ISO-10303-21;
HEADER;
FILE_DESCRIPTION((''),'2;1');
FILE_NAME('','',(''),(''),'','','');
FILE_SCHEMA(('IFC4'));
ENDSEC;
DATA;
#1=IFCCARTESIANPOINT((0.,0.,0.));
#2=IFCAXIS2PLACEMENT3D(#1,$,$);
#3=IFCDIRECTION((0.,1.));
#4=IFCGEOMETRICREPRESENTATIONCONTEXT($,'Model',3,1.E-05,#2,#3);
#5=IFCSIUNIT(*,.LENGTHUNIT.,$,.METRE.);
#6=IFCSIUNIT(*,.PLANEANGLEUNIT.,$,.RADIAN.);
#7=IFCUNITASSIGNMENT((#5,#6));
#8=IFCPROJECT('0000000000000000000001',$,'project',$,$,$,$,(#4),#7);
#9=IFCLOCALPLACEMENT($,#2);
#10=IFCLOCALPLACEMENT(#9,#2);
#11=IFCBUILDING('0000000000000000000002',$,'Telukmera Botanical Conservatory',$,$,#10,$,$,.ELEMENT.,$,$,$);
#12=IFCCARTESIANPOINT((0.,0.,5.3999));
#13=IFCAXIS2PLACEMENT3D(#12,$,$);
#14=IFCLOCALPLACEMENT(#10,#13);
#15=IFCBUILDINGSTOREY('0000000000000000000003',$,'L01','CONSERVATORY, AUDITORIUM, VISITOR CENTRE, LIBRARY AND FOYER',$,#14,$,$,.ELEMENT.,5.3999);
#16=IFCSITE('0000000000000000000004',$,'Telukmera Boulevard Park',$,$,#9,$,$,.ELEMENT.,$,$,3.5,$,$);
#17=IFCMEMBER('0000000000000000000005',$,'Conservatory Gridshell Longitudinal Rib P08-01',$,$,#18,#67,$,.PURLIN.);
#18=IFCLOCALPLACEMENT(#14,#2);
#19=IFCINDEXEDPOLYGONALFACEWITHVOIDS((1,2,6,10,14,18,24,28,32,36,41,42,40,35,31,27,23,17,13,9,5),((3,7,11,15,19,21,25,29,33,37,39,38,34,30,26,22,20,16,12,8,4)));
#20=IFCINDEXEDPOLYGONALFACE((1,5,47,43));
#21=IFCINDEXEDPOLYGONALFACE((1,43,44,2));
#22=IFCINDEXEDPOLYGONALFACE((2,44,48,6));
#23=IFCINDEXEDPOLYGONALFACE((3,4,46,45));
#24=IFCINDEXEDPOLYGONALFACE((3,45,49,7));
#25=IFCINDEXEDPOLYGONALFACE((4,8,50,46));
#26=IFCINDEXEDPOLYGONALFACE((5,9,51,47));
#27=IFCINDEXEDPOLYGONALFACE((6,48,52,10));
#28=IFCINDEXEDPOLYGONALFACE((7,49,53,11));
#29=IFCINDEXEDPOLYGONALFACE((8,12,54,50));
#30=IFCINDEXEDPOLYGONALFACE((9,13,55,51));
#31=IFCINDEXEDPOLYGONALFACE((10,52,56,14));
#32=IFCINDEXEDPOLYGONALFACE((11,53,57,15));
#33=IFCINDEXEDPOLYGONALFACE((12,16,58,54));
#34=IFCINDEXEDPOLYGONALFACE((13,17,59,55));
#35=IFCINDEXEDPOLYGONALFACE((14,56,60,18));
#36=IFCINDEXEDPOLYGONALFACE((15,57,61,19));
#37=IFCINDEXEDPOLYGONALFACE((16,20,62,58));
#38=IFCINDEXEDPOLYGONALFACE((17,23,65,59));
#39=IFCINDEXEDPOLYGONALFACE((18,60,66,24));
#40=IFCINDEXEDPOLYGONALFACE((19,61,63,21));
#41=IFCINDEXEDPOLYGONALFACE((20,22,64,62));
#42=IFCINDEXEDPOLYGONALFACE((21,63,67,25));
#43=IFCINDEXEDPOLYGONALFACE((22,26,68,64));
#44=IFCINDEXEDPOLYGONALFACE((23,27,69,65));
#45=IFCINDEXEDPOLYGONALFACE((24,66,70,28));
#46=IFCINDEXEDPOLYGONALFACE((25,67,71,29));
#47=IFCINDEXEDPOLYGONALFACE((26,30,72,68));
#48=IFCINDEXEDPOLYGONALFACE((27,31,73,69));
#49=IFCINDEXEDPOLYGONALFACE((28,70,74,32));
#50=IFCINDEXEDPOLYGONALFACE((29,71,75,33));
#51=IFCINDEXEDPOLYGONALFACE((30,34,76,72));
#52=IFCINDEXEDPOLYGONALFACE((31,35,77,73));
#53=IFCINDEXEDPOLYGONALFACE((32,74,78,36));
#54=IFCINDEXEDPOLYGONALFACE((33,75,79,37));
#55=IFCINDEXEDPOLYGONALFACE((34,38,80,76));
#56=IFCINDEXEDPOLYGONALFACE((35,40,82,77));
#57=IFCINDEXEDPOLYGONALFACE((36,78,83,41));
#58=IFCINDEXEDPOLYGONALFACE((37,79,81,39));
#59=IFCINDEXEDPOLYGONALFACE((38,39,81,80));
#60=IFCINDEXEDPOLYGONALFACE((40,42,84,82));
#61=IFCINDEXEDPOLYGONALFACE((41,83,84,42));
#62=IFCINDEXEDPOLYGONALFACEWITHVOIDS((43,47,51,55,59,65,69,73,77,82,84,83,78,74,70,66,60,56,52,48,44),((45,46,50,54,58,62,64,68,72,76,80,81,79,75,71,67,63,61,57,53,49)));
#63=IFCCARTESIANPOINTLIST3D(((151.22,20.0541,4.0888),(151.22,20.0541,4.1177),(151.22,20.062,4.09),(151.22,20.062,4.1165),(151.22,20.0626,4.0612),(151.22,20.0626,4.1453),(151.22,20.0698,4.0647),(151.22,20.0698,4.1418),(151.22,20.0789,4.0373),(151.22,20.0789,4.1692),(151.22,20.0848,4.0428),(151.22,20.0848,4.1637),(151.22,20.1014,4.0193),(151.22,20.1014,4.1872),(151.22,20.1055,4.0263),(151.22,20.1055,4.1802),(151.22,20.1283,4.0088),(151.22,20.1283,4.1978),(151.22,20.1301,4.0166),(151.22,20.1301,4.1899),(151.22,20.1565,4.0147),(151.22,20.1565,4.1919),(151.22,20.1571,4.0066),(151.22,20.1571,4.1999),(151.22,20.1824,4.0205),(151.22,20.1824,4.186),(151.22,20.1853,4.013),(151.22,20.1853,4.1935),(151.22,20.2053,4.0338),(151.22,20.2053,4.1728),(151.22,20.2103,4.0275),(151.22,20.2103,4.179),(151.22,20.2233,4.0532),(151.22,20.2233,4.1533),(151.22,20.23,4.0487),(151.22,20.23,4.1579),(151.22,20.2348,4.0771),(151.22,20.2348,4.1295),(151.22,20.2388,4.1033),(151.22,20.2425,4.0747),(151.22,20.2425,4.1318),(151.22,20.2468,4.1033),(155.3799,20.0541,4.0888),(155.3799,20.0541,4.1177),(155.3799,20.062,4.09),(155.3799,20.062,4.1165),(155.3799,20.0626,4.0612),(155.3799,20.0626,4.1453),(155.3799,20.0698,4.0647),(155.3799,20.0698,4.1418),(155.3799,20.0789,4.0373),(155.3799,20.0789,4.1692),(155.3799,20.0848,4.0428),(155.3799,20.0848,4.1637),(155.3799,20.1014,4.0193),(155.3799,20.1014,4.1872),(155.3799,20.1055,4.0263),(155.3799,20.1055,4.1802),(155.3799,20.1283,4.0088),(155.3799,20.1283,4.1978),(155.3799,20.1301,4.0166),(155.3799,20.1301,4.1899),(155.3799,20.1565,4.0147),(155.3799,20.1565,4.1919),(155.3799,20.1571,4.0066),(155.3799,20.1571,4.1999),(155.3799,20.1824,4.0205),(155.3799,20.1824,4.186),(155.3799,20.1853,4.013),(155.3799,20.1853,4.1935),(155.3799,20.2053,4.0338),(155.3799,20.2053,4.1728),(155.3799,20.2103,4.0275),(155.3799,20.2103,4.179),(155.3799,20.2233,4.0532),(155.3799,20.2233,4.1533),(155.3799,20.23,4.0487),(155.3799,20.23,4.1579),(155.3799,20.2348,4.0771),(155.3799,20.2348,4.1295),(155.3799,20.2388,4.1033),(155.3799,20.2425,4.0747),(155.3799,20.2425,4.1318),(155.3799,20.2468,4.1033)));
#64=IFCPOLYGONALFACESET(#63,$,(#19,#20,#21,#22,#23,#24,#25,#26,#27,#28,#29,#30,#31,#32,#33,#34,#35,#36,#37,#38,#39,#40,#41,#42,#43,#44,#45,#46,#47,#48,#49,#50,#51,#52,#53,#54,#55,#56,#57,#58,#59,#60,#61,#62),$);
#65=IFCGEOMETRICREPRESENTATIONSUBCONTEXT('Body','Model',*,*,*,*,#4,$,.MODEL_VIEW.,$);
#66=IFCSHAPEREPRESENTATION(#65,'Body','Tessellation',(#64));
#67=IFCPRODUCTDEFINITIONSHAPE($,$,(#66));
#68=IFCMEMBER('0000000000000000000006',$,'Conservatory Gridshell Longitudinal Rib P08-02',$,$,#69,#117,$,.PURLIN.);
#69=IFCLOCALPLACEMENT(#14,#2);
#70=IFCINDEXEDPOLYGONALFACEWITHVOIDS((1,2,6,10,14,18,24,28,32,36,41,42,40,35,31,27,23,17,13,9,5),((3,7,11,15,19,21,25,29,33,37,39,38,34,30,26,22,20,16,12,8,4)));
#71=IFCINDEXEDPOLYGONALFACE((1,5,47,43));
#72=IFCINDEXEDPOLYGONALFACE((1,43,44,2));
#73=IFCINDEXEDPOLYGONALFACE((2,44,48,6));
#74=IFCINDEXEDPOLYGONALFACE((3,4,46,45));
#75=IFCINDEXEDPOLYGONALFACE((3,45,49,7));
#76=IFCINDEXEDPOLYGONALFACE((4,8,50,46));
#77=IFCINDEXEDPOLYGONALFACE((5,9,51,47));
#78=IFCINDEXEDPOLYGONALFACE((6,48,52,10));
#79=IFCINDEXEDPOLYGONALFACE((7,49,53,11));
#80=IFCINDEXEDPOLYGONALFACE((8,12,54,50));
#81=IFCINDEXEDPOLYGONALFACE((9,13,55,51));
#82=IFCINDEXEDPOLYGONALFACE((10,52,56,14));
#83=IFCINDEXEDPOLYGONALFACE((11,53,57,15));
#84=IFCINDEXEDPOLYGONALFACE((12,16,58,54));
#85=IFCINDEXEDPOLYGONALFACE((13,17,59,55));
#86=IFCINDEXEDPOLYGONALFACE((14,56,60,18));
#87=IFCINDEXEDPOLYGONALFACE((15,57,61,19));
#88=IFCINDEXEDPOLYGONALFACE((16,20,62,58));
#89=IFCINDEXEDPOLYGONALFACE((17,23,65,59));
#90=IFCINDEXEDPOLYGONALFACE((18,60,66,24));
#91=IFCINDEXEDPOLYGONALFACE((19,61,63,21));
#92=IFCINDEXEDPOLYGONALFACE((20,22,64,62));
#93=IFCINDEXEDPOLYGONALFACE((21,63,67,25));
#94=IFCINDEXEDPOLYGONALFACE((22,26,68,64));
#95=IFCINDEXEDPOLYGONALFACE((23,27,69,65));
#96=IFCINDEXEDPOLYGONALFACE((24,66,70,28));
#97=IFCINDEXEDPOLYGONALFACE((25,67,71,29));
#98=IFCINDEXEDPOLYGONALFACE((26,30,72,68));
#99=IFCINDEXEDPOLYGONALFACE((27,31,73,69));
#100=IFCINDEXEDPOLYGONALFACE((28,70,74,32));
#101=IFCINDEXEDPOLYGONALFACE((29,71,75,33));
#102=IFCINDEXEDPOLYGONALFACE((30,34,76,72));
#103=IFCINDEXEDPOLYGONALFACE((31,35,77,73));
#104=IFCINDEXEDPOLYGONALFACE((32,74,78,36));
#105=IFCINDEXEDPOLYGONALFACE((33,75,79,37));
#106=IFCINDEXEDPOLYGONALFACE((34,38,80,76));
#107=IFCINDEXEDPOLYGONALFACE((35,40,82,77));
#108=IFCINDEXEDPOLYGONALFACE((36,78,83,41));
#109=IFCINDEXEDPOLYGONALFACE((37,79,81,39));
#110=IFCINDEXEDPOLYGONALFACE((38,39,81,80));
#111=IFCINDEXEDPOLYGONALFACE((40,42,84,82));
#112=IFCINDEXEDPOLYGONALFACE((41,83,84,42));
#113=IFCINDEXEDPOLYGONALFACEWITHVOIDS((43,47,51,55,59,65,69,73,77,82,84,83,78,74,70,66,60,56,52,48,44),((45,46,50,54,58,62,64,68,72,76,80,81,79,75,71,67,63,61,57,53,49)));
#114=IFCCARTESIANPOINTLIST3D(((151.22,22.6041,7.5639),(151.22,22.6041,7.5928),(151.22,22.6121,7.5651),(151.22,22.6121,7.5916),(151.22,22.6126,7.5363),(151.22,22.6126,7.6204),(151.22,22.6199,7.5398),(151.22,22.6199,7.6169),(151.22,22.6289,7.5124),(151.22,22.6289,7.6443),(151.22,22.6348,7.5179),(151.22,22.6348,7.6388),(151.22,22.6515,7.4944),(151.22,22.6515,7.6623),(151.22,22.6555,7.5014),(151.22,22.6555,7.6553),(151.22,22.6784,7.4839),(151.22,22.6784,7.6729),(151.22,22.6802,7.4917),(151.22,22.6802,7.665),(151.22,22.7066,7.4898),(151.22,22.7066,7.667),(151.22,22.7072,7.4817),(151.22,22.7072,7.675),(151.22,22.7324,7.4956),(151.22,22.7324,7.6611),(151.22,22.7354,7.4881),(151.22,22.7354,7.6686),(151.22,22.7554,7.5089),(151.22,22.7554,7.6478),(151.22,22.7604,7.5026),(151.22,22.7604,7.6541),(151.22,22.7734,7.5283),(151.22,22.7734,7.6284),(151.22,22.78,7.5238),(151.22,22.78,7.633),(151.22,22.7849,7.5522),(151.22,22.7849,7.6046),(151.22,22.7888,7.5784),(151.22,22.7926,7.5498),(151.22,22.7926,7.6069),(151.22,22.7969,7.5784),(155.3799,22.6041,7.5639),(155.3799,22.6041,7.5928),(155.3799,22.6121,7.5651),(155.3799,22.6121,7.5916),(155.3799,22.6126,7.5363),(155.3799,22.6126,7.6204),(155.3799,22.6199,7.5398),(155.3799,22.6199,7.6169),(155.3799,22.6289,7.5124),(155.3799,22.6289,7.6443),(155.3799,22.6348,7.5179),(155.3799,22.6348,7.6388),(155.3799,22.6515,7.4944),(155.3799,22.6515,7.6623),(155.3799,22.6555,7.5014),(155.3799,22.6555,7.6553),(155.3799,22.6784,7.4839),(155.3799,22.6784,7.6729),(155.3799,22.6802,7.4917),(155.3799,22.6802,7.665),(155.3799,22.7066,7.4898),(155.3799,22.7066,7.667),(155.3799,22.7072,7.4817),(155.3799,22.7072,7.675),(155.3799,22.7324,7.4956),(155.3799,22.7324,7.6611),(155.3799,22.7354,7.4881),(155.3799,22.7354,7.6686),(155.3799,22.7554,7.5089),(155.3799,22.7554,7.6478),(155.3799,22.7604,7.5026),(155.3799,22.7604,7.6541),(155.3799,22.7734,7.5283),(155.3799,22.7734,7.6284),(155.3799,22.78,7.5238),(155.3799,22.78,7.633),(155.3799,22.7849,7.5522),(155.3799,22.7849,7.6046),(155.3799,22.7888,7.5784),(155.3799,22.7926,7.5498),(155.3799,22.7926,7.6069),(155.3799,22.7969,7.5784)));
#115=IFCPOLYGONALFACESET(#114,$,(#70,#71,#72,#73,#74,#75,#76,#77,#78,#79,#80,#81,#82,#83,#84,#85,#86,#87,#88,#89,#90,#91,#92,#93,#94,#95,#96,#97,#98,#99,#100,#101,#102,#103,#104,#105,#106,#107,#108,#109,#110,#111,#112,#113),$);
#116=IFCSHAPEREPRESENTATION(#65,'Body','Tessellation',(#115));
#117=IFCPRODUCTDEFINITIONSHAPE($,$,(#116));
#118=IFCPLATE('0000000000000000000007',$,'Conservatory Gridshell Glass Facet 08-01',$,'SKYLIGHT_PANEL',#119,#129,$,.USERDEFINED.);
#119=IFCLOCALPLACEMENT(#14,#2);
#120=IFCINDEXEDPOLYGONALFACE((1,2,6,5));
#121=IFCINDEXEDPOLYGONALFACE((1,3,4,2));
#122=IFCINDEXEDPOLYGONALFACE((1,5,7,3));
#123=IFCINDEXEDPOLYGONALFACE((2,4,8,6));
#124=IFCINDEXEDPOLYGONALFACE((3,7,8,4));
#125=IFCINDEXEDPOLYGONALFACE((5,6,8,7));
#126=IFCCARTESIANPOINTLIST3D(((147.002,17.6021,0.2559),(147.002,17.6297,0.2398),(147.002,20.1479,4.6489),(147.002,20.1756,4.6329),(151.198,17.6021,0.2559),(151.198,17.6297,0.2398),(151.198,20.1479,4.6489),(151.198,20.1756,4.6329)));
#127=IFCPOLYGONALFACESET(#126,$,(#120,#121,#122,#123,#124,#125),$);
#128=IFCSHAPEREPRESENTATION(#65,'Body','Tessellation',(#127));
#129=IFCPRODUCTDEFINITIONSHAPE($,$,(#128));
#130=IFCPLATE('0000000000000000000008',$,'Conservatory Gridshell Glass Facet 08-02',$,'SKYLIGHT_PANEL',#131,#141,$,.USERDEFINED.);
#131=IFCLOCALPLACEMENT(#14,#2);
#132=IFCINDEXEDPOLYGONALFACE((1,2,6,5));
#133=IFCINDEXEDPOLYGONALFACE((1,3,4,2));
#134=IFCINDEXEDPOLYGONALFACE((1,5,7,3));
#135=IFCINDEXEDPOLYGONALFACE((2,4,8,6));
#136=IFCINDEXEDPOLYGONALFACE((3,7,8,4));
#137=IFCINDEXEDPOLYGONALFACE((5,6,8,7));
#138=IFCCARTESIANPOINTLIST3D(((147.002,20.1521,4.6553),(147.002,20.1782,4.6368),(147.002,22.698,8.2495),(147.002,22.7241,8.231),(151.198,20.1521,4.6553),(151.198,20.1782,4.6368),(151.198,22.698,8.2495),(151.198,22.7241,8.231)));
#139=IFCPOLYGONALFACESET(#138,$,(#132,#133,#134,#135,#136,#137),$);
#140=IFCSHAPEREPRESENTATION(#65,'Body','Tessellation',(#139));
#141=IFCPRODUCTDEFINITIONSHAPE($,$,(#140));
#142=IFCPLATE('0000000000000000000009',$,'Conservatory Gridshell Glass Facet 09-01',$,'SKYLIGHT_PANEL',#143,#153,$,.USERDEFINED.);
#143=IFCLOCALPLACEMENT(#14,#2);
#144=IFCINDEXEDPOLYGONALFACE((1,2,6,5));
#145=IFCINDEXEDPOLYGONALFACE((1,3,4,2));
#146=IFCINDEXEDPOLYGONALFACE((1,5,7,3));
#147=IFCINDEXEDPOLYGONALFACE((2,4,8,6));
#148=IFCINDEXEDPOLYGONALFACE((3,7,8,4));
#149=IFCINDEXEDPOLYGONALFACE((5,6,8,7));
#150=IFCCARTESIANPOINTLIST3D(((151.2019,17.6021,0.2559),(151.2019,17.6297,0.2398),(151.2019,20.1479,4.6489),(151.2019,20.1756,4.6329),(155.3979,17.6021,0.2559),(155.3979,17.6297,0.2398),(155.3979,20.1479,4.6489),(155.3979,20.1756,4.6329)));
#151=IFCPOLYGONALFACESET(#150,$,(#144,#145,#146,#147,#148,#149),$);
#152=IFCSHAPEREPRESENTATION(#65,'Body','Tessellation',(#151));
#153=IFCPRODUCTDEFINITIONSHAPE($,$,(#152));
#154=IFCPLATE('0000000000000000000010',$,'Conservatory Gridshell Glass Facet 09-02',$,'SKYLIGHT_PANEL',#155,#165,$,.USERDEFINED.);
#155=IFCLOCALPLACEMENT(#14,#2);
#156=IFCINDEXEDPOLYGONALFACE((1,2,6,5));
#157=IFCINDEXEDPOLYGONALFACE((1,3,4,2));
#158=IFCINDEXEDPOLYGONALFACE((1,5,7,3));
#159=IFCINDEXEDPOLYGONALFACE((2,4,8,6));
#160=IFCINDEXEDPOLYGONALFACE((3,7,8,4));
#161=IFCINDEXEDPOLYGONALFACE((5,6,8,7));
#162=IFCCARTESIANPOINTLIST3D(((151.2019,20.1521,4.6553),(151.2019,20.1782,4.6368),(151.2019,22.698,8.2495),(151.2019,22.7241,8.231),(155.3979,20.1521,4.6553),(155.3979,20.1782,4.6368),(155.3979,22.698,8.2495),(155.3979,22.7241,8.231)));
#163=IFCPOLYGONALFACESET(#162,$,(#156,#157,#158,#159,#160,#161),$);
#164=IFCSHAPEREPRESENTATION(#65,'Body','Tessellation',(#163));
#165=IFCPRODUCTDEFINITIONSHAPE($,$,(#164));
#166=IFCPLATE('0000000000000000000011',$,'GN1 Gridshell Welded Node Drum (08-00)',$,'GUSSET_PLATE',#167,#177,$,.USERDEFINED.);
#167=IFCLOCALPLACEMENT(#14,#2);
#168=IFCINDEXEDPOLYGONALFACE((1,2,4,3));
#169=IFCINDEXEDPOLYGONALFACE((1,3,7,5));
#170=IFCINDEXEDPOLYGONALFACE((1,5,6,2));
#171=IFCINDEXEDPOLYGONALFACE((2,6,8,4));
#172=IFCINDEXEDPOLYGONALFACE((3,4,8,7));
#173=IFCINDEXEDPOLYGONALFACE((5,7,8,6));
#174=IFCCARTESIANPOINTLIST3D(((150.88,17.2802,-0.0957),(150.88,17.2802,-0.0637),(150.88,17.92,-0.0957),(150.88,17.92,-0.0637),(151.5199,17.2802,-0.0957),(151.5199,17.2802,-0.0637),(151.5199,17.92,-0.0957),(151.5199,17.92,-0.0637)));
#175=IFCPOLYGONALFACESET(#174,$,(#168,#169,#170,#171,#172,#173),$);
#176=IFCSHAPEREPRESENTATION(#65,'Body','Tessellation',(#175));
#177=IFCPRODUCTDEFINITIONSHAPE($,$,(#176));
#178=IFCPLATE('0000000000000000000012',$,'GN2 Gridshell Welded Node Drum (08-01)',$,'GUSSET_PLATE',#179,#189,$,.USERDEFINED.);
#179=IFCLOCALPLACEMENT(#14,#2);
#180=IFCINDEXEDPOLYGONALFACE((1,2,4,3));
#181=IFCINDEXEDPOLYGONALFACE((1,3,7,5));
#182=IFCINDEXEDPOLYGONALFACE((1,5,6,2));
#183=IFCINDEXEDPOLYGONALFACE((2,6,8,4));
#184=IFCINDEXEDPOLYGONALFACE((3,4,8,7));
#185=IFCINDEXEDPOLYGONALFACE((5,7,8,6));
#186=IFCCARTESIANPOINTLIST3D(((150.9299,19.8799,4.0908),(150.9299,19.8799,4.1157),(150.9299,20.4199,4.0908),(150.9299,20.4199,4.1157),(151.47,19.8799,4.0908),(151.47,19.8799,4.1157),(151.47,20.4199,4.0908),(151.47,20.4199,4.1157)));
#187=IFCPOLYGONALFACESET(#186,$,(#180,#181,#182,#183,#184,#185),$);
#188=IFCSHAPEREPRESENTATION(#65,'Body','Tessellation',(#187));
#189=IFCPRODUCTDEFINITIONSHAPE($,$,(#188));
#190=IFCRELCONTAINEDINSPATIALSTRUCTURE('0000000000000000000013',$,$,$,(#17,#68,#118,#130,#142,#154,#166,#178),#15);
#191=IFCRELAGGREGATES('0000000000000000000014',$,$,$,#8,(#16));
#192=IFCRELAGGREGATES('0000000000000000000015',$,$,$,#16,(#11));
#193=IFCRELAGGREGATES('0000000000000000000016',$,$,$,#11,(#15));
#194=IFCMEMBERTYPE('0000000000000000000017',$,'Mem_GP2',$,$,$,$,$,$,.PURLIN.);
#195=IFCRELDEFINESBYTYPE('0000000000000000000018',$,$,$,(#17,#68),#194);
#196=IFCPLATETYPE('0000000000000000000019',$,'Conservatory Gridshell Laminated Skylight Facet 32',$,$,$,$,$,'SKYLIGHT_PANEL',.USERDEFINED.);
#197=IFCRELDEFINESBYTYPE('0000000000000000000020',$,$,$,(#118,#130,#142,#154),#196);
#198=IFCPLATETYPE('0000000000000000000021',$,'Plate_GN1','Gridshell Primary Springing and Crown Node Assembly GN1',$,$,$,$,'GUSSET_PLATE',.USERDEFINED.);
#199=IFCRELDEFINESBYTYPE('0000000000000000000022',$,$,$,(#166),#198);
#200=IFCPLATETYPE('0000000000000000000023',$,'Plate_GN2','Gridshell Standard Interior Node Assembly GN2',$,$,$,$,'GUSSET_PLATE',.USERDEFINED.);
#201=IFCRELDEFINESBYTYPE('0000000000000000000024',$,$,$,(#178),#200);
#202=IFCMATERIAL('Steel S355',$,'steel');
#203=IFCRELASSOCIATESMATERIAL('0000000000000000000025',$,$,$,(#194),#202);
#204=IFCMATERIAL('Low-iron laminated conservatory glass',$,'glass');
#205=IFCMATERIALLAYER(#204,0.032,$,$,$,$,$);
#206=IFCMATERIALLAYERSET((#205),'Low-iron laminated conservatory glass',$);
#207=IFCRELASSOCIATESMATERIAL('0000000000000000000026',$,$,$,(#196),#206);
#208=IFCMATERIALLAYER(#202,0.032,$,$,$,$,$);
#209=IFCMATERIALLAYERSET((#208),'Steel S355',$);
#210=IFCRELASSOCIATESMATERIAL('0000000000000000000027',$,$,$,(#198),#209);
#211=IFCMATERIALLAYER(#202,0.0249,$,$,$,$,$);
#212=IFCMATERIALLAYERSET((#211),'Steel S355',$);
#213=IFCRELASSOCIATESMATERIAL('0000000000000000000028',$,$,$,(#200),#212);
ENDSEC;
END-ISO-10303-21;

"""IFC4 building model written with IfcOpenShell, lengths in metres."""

from ifc_helpers import new_model, si_unit, direction, frame, origin, origin_2d, place, context, subcontext, project, spatial, polyline, rectangle, hollow_circle, outline, extrude, material, layer, layer_set, material_profile, profile_set, type_object, element, save


model = new_model("IFC4")

# Units and contexts
model_context = context("Model", 3, precision=1e-05, world=origin(), true_north=direction((0.0, 1.0)))
body_context = subcontext(model_context, "Body", "Model", "MODEL_VIEW")
ifc_project = project(units=[si_unit("LENGTHUNIT", "METRE"), si_unit("PLANEANGLEUNIT", "RADIAN")], contexts=[model_context])

# Site, building, storey
site_placement = place(None, origin())
site = spatial("IfcSite", under=ifc_project, at=site_placement, Name="Telukmera Boulevard Park", CompositionType="ELEMENT", RefElevation=3.5)
building_placement = place(site_placement, origin())
building = spatial("IfcBuilding", under=site, at=building_placement, Name="Telukmera Botanical Conservatory", CompositionType="ELEMENT")
storey_placement = place(building_placement, frame((0.0, 0.0, 5.3999)))
storey = spatial("IfcBuildingStorey", under=building, at=storey_placement, Name="L01", Description="CONSERVATORY, AUDITORIUM, VISITOR CENTRE, LIBRARY AND FOYER", CompositionType="ELEMENT", Elevation=5.3999)

# Shared definitions
ifc_material_1 = material(Name="Steel S355", Category="steel")

# Members
ifc_material_profile_1 = material_profile(ifc_material_1, hollow_circle(Radius=0.0969, WallThickness=0.0081, at=origin_2d()), Name="CHS 193.7x8.0")
ifc_profile_set_1 = profile_set([ifc_material_profile_1], Name="Steel S355")
member_type_1 = type_object("IfcMemberType", Name="Mem_GP2", PredefinedType="PURLIN", material=ifc_profile_set_1)
for number, where, z_axis, x_axis, name in (
    (1, (151.22, 20.1499, 4.1033), (1.0, 0.0, 0.0), (0.0, 1.0, 0.0), "Conservatory Gridshell Longitudinal Rib P08-01"),
    (2, (151.22, 22.7, 7.5784), (1.0, 0.0, 0.0), (0.0, 1.0, 0.0), "Conservatory Gridshell Longitudinal Rib P08-02"),
):
    element("IfcMember", number, at=place(storey_placement, frame(where, z_axis=z_axis, x_axis=x_axis)), inside=storey, type_object=member_type_1, Name=name, PredefinedType="PURLIN", context=body_context, shape_type="SweptSolid", body=[
        extrude(hollow_circle(Radius=0.0969, WallThickness=0.0081, at=origin_2d()), origin(), (0.0, 0.0, 1.0), 4.1599),
    ])

# Plates
ifc_material_2 = material(Name="Low-iron laminated conservatory glass", Category="glass")
ifc_layer_1 = layer(ifc_material_2, 0.032)
ifc_layer_set_1 = layer_set([ifc_layer_1], Name="Low-iron laminated conservatory glass")
plate_type_1 = type_object("IfcPlateType", Name="Conservatory Gridshell Laminated Skylight Facet 32", ElementType="SKYLIGHT_PANEL", PredefinedType="USERDEFINED", material=ifc_layer_set_1)
plate_1_placement = place(storey_placement, frame((147.002, 17.6021, 0.2559), z_axis=(0.0, -0.865209, 0.501412), x_axis=(1.0, 0.0, 0.0)))
element("IfcPlate", 3, at=plate_1_placement, inside=storey, type_object=plate_type_1, Name="Conservatory Gridshell Glass Facet 08-01", ObjectType="SKYLIGHT_PANEL", PredefinedType="USERDEFINED", context=body_context, shape_type="SweptSolid", body=[
    extrude(outline(polyline([(0.0, 0.0), (4.196, 0.0), (4.196, 5.0775), (0.0, 5.0775), (0.0, 0.0)])), origin(), (0.0, 0.0, -1.0), 0.032),
])
plate_2_placement = place(storey_placement, frame((147.002, 20.1521, 4.6553), z_axis=(0.0, -0.816027, 0.578014), x_axis=(1.0, 0.0, 0.0)))
element("IfcPlate", 4, at=plate_2_placement, inside=storey, type_object=plate_type_1, Name="Conservatory Gridshell Glass Facet 08-02", ObjectType="SKYLIGHT_PANEL", PredefinedType="USERDEFINED", context=body_context, shape_type="SweptSolid", body=[
    extrude(outline(polyline([(0.0, 0.0), (4.196, 0.0), (4.196, 4.4046), (0.0, 4.4046), (0.0, 0.0)])), origin(), (0.0, 0.0, -1.0), 0.032),
])
plate_3_placement = place(storey_placement, frame((151.2019, 17.6021, 0.2559), z_axis=(0.0, -0.865209, 0.501412), x_axis=(1.0, 0.0, 0.0)))
element("IfcPlate", 5, at=plate_3_placement, inside=storey, type_object=plate_type_1, Name="Conservatory Gridshell Glass Facet 09-01", ObjectType="SKYLIGHT_PANEL", PredefinedType="USERDEFINED", context=body_context, shape_type="SweptSolid", body=[
    extrude(outline(polyline([(0.0, 0.0), (4.196, 0.0), (4.196, 5.0775), (0.0, 5.0775), (0.0, 0.0)])), origin(), (0.0, 0.0, -1.0), 0.032),
])
plate_4_placement = place(storey_placement, frame((151.2019, 20.1521, 4.6553), z_axis=(0.0, -0.816027, 0.578014), x_axis=(1.0, 0.0, 0.0)))
element("IfcPlate", 6, at=plate_4_placement, inside=storey, type_object=plate_type_1, Name="Conservatory Gridshell Glass Facet 09-02", ObjectType="SKYLIGHT_PANEL", PredefinedType="USERDEFINED", context=body_context, shape_type="SweptSolid", body=[
    extrude(outline(polyline([(0.0, 0.0), (4.196, 0.0), (4.196, 4.4046), (0.0, 4.4046), (0.0, 0.0)])), origin(), (0.0, 0.0, -1.0), 0.032),
])
ifc_layer_2 = layer(ifc_material_1, 0.032)
ifc_layer_set_2 = layer_set([ifc_layer_2], Name="Steel S355")
plate_type_2 = type_object("IfcPlateType", Name="Plate_GN1", Description="Gridshell Primary Springing and Crown Node Assembly GN1", ElementType="GUSSET_PLATE", PredefinedType="USERDEFINED", material=ifc_layer_set_2)
plate_5_placement = place(storey_placement, frame((151.2, 17.6001, -0.0957), z_axis=(0.0, 0.0, 1.0), x_axis=(1.0, 0.0, 0.0)))
element("IfcPlate", 7, at=plate_5_placement, inside=storey, type_object=plate_type_2, Name="GN1 Gridshell Welded Node Drum (08-00)", ObjectType="GUSSET_PLATE", PredefinedType="USERDEFINED", context=body_context, shape_type="SweptSolid", body=[
    extrude(rectangle(XDim=0.6399, YDim=0.6399, at=origin_2d()), origin(), (0.0, 0.0, 1.0), 0.032),
])
ifc_layer_3 = layer(ifc_material_1, 0.0249)
ifc_layer_set_3 = layer_set([ifc_layer_3], Name="Steel S355")
plate_type_3 = type_object("IfcPlateType", Name="Plate_GN2", Description="Gridshell Standard Interior Node Assembly GN2", ElementType="GUSSET_PLATE", PredefinedType="USERDEFINED", material=ifc_layer_set_3)
for number, where, z_axis, x_axis, name in (
    (8, (151.2, 20.1499, 4.0908), (0.0, 0.0, 1.0), (1.0, 0.0, 0.0), "GN2 Gridshell Welded Node Drum (08-01)"),
):
    element("IfcPlate", number, at=place(storey_placement, frame(where, z_axis=z_axis, x_axis=x_axis)), inside=storey, type_object=plate_type_3, Name=name, ObjectType="GUSSET_PLATE", PredefinedType="USERDEFINED", context=body_context, shape_type="SweptSolid", body=[
        extrude(rectangle(XDim=0.54, YDim=0.54, at=origin_2d()), origin(), (0.0, 0.0, 1.0), 0.0249),
    ])

save(model, "model.ifc")
